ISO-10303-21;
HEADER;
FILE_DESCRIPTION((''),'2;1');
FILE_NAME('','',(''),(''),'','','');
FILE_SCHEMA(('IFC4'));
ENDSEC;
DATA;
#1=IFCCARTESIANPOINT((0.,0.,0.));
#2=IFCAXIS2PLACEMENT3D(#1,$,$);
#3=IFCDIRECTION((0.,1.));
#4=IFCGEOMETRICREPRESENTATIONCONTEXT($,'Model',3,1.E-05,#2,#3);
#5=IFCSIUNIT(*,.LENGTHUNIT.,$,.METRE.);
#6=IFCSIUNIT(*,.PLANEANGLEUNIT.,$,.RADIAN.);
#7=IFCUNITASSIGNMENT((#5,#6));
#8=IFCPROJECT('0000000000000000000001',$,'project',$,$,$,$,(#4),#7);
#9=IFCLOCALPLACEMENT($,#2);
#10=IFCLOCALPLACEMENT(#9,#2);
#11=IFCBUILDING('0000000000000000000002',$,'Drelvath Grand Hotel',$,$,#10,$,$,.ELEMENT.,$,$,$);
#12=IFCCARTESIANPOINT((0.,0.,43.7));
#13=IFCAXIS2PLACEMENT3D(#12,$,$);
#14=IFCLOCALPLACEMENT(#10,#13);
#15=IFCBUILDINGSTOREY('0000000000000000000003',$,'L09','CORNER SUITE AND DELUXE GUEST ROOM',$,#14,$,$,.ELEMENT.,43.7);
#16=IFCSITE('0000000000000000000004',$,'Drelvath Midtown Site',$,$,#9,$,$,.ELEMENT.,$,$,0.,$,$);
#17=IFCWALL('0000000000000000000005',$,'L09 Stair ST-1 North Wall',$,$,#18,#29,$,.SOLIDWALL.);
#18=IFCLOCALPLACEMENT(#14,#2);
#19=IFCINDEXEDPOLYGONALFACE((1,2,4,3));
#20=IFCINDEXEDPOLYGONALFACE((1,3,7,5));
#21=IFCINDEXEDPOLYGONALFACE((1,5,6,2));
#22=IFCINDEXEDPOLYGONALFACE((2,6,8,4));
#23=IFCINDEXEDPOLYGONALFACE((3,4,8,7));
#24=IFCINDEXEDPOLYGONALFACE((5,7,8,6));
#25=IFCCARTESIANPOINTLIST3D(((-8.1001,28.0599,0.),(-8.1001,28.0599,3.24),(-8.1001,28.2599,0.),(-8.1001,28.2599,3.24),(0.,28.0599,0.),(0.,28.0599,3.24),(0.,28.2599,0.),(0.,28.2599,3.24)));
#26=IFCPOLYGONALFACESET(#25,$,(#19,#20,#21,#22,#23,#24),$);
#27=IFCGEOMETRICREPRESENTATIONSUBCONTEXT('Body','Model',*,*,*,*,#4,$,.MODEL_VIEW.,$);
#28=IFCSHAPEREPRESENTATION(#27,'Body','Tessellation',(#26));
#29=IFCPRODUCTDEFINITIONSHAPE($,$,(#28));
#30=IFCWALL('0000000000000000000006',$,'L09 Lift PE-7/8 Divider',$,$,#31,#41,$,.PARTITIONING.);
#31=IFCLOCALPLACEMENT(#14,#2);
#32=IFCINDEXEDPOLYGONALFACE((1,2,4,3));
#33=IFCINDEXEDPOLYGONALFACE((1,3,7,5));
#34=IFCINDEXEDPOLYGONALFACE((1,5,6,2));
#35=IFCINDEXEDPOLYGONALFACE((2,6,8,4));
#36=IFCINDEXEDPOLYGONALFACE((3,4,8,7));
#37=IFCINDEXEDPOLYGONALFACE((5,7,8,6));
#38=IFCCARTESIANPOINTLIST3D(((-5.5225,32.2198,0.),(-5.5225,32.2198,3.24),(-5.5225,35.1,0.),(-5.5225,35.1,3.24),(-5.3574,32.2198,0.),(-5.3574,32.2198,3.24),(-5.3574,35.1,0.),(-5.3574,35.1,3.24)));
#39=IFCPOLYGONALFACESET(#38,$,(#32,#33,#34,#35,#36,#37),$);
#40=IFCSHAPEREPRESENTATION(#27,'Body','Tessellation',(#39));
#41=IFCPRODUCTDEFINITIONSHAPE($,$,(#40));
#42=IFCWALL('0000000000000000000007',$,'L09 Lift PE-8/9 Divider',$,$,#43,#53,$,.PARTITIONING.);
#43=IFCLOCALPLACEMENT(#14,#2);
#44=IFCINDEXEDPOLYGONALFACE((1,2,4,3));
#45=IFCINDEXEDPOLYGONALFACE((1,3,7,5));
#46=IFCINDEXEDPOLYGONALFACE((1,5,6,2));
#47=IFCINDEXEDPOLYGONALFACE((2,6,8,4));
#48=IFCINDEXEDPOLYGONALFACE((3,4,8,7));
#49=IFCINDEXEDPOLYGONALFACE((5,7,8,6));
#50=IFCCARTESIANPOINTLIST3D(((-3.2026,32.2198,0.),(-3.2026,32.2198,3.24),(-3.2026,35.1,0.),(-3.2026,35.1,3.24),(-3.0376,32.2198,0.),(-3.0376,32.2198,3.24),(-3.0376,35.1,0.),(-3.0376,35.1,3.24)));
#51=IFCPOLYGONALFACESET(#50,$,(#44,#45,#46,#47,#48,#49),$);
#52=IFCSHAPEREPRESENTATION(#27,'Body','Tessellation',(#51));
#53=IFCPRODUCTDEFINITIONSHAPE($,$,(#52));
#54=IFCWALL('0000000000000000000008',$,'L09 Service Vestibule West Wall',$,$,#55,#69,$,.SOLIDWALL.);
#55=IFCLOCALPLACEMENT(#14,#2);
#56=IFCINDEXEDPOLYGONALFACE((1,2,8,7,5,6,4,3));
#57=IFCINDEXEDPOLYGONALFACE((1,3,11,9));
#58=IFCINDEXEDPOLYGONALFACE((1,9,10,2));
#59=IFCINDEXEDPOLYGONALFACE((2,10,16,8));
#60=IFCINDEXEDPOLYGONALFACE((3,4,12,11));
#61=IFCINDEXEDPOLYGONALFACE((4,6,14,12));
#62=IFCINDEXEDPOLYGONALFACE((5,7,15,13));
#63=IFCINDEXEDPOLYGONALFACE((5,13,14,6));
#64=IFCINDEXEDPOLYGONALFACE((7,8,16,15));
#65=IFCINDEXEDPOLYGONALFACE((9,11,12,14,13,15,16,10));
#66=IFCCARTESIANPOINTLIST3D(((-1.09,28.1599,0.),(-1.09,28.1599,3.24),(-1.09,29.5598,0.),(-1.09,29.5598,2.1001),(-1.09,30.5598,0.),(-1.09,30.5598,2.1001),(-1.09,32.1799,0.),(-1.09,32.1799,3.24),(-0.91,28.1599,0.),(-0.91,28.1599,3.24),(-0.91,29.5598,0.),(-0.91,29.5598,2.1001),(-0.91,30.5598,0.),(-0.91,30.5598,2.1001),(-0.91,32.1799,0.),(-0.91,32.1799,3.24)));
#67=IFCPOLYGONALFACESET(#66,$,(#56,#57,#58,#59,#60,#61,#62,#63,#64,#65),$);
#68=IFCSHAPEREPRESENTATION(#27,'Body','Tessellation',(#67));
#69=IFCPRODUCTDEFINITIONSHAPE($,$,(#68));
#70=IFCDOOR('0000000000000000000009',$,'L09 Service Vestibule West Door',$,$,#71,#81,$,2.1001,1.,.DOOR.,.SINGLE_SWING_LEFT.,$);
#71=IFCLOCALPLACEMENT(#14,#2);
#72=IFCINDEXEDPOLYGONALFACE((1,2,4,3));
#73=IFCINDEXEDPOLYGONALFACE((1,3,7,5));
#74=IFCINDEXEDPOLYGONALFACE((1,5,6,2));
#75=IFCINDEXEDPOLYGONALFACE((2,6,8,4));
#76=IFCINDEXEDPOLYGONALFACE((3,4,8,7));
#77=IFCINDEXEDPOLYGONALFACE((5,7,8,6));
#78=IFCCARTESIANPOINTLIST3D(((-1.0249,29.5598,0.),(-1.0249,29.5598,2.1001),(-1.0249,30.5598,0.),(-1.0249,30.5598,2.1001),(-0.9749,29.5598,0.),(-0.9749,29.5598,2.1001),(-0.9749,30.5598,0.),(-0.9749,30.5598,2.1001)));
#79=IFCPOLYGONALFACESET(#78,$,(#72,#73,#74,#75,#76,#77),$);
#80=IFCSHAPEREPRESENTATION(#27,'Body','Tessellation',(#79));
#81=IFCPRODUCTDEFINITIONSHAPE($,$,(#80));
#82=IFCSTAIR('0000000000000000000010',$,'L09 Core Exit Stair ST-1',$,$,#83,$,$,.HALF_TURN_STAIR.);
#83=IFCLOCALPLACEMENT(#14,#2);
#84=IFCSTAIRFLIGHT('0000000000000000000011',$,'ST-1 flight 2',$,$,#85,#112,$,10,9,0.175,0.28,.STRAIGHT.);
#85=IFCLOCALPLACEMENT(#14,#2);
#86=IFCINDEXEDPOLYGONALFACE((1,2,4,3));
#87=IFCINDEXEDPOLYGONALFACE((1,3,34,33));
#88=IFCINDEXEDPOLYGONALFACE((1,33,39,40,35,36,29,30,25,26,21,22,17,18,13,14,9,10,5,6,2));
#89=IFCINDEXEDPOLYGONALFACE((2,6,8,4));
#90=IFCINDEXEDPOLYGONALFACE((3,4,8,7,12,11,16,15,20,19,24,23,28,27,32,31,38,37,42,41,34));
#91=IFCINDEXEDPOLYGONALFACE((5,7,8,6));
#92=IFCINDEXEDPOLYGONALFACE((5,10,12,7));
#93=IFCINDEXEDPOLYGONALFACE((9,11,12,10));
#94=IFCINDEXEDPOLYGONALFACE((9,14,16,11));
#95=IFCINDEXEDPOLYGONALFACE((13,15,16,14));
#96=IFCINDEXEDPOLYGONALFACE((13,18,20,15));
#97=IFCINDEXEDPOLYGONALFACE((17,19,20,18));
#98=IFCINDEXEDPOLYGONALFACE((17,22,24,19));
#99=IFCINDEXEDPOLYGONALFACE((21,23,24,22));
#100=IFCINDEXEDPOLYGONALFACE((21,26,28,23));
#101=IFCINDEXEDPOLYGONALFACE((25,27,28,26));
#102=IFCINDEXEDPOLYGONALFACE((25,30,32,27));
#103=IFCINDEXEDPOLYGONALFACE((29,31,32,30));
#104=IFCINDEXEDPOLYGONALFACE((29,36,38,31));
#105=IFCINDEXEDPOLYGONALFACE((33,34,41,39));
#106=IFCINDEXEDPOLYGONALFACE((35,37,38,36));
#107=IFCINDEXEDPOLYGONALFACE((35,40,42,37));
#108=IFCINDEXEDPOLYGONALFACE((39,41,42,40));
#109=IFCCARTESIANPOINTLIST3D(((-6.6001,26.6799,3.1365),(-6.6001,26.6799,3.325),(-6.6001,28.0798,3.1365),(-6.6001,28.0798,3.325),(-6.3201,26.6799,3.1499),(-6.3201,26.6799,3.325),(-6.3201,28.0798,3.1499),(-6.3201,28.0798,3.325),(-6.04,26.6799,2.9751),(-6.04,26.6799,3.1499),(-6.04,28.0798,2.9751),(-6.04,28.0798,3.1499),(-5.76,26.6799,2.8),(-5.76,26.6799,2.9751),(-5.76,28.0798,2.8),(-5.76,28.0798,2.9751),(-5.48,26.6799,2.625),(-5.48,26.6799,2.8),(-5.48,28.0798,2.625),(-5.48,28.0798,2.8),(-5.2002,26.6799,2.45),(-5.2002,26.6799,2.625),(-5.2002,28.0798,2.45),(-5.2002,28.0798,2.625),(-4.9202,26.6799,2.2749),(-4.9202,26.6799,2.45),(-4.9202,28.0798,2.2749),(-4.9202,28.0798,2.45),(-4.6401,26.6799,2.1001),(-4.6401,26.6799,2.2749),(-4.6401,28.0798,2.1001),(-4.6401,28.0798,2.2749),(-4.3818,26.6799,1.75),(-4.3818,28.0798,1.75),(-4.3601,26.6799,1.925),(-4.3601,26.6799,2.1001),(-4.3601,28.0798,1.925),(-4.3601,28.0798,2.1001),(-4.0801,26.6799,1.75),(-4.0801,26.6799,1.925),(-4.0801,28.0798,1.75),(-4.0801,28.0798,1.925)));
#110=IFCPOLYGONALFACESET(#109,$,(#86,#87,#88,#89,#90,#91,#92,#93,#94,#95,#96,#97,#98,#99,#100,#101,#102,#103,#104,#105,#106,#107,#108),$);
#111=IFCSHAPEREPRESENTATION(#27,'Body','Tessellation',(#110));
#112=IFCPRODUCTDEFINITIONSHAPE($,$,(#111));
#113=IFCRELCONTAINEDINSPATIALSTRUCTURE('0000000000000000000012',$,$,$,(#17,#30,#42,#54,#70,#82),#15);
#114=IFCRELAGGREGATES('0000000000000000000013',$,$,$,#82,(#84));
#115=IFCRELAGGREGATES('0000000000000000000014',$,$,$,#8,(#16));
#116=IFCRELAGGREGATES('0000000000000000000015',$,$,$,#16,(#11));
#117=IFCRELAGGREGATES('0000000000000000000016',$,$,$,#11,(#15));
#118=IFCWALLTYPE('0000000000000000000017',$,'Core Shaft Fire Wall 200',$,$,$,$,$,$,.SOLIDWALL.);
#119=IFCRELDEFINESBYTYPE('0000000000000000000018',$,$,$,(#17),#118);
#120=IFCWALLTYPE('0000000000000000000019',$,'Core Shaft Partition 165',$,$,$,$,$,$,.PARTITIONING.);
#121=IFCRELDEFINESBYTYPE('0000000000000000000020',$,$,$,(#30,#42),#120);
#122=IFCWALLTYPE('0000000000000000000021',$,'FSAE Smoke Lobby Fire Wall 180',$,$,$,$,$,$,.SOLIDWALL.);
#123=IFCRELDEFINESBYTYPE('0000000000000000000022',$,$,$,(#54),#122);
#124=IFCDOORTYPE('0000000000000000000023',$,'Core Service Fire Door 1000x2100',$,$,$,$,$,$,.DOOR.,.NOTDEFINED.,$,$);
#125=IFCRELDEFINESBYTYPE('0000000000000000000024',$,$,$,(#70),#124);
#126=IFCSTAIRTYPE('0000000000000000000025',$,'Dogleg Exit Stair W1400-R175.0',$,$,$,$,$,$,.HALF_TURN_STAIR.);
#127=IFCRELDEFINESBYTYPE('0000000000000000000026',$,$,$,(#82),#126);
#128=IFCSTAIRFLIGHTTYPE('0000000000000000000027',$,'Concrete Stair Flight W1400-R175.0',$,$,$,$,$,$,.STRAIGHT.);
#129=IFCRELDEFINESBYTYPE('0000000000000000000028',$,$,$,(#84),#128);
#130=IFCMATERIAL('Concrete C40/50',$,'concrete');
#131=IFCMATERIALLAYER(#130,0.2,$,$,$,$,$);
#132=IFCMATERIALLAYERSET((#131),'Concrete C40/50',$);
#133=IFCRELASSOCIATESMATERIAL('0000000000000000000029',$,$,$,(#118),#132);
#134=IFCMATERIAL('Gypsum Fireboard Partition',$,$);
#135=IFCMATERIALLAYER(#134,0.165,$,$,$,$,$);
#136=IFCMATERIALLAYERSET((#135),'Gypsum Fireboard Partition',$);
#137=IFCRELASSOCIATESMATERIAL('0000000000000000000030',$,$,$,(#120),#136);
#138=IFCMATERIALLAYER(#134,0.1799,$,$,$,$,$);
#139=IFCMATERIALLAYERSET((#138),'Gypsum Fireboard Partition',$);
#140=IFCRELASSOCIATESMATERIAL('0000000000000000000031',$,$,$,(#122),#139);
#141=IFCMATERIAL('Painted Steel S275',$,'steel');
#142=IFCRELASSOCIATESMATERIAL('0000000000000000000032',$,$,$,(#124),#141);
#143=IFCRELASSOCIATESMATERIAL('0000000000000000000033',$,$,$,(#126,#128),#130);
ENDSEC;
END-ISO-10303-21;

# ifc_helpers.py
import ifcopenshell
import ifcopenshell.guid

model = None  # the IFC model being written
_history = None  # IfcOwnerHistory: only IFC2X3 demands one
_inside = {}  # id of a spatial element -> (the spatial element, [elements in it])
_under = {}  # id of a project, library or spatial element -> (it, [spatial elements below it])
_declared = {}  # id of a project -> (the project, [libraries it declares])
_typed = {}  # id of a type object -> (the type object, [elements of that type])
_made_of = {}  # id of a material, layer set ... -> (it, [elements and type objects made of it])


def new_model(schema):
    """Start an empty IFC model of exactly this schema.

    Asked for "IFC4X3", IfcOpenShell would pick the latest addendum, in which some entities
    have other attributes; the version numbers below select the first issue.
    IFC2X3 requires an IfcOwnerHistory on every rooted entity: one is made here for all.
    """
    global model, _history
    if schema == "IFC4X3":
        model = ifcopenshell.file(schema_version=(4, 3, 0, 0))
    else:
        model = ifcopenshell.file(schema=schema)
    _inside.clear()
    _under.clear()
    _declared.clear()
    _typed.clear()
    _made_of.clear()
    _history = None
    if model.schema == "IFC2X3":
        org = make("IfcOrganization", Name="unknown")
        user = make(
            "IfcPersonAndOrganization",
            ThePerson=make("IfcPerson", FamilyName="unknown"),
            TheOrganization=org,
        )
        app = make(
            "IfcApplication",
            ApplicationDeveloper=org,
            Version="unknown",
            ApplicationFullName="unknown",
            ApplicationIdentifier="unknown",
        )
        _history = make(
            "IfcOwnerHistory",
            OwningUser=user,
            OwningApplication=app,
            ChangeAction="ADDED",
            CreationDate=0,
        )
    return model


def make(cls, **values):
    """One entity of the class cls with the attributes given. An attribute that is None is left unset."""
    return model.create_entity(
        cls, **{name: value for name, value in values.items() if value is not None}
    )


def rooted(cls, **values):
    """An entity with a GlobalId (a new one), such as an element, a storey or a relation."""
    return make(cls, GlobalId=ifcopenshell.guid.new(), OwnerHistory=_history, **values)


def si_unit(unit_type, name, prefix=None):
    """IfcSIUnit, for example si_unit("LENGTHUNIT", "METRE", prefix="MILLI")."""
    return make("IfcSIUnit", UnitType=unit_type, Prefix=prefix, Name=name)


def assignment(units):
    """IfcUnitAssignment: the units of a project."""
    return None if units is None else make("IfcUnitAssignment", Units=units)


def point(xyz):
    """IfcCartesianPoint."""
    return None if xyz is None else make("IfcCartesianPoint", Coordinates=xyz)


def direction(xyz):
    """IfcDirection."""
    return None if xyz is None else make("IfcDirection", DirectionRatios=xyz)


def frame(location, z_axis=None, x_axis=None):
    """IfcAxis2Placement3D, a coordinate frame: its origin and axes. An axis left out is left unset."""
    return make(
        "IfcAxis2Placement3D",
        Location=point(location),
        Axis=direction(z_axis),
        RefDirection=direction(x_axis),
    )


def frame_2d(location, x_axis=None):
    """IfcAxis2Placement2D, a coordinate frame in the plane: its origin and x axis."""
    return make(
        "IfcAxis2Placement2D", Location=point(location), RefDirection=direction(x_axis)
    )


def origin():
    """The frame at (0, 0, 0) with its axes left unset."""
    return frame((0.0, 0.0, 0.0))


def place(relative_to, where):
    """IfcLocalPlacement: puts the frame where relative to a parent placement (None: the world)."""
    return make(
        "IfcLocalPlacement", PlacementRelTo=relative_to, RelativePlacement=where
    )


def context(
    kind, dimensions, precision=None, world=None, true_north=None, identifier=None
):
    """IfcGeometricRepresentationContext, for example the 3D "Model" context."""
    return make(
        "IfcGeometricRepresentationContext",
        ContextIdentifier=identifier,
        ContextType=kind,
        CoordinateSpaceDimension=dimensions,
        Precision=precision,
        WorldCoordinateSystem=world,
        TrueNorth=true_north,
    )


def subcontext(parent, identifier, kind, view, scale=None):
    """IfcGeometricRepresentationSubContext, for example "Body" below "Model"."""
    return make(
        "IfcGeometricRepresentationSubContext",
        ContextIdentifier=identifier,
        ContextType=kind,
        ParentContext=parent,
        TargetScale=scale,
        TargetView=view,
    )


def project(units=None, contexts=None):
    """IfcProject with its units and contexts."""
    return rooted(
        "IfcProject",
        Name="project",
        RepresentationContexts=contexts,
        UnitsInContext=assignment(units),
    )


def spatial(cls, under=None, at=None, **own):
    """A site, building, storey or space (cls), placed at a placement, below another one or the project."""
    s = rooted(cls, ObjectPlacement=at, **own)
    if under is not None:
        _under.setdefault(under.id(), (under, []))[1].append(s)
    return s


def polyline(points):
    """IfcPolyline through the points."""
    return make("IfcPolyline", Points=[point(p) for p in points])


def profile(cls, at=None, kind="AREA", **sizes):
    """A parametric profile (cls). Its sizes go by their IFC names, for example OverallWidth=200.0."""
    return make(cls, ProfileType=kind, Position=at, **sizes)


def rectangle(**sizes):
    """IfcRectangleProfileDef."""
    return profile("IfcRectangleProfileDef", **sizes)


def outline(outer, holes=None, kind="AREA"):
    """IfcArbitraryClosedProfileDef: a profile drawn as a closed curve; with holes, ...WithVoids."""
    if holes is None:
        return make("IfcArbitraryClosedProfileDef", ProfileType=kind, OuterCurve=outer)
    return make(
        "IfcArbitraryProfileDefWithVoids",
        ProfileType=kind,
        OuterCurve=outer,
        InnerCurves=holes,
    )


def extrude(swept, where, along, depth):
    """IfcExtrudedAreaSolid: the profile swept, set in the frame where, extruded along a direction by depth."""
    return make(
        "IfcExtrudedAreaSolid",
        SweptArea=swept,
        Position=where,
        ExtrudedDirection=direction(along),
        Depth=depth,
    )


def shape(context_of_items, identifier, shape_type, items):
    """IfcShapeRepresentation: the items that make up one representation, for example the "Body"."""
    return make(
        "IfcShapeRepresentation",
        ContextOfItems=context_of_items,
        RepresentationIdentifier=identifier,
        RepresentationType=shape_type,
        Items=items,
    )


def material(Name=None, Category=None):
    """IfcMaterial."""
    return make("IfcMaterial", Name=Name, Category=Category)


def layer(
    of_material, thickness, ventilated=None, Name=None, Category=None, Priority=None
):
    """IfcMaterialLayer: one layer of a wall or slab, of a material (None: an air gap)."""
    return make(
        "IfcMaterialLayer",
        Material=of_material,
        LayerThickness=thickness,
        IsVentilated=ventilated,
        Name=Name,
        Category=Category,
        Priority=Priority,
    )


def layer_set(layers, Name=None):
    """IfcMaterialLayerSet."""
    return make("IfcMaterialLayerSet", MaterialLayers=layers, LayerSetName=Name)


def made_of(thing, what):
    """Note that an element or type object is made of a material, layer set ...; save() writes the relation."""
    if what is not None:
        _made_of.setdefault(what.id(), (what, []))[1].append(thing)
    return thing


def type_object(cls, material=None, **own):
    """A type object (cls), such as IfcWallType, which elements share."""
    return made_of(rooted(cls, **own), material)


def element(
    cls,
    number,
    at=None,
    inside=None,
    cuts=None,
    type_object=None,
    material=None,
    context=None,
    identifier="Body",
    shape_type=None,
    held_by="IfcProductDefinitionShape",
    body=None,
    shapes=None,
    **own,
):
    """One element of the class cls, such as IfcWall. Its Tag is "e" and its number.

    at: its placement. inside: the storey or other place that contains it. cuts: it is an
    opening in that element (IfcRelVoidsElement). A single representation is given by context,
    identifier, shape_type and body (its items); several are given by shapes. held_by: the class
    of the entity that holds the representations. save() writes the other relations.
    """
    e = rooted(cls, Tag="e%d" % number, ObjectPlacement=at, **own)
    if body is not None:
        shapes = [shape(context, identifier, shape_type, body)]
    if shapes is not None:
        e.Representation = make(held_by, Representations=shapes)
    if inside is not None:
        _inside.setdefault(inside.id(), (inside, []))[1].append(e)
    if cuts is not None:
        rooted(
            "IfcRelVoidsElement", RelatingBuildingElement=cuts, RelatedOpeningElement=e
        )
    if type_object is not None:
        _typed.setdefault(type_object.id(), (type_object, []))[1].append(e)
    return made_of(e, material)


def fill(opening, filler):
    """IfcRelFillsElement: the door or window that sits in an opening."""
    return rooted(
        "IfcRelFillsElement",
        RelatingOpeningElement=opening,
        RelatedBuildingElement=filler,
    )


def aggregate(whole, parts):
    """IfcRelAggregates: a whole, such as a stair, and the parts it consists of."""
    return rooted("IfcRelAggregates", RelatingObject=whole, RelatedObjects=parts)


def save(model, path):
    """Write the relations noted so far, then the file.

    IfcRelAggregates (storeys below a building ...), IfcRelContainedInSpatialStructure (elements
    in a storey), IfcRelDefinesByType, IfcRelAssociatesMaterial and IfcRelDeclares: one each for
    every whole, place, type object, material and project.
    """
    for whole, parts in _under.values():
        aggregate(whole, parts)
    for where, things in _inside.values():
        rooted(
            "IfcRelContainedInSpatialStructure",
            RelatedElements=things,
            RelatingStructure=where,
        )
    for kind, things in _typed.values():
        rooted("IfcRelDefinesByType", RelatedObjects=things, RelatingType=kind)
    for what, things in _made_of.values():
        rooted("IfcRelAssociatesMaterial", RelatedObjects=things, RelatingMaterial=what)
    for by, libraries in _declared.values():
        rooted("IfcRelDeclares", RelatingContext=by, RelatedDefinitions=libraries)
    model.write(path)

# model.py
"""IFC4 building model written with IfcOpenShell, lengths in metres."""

from ifc_helpers import new_model, si_unit, direction, frame, frame_2d, origin, place, context, subcontext, project, spatial, polyline, rectangle, outline, extrude, material, layer, layer_set, type_object, element, fill, aggregate, save


model = new_model("IFC4")

# Units and contexts
model_context = context("Model", 3, precision=1e-05, world=origin(), true_north=direction((0.0, 1.0)))
body_context = subcontext(model_context, "Body", "Model", "MODEL_VIEW")
ifc_project = project(units=[si_unit("LENGTHUNIT", "METRE"), si_unit("PLANEANGLEUNIT", "RADIAN")], contexts=[model_context])

# Site, building, storey
site_placement = place(None, origin())
site = spatial("IfcSite", under=ifc_project, at=site_placement, Name="Drelvath Midtown Site", CompositionType="ELEMENT", RefElevation=0.0)
building_placement = place(site_placement, origin())
building = spatial("IfcBuilding", under=site, at=building_placement, Name="Drelvath Grand Hotel", CompositionType="ELEMENT")
storey_placement = place(building_placement, frame((0.0, 0.0, 43.7)))
storey = spatial("IfcBuildingStorey", under=building, at=storey_placement, Name="L09", Description="CORNER SUITE AND DELUXE GUEST ROOM", CompositionType="ELEMENT", Elevation=43.7)

# Shared definitions
ifc_material_1 = material(Name="Concrete C40/50", Category="concrete")

# Walls
ifc_layer_1 = layer(ifc_material_1, 0.2)
ifc_layer_set_1 = layer_set([ifc_layer_1], Name="Concrete C40/50")
wall_type_1 = type_object("IfcWallType", Name="Core Shaft Fire Wall 200", PredefinedType="SOLIDWALL", material=ifc_layer_set_1)
wall_1_placement = place(storey_placement, frame((-8.1001, 28.1599, 0.0), z_axis=(0.0, 0.0, 1.0), x_axis=(1.0, 0.0, 0.0)))
element("IfcWall", 1, at=wall_1_placement, inside=storey, type_object=wall_type_1, Name="L09 Stair ST-1 North Wall", PredefinedType="SOLIDWALL", context=body_context, shape_type="SweptSolid", body=[
    extrude(rectangle(XDim=8.1001, YDim=0.2, at=frame_2d((4.05, 0.0))), origin(), (0.0, 0.0, 1.0), 3.24),
])
ifc_material_2 = material(Name="Gypsum Fireboard Partition")
ifc_layer_2 = layer(ifc_material_2, 0.165)
ifc_layer_set_2 = layer_set([ifc_layer_2], Name="Gypsum Fireboard Partition")
wall_type_2 = type_object("IfcWallType", Name="Core Shaft Partition 165", PredefinedType="PARTITIONING", material=ifc_layer_set_2)
for number, where, z_axis, x_axis, name in (
    (2, (-5.4399, 32.22, 0.0), (0.0, 0.0, 1.0), (0.0, 1.0, 0.0), "L09 Lift PE-7/8 Divider"),
    (3, (-3.1201, 32.22, 0.0), (0.0, 0.0, 1.0), (0.0, 1.0, 0.0), "L09 Lift PE-8/9 Divider"),
):
    element("IfcWall", number, at=place(storey_placement, frame(where, z_axis=z_axis, x_axis=x_axis)), inside=storey, type_object=wall_type_2, Name=name, PredefinedType="PARTITIONING", context=body_context, shape_type="SweptSolid", body=[
        extrude(rectangle(XDim=2.8801, YDim=0.165, at=frame_2d((1.4399, 0.0))), origin(), (0.0, 0.0, 1.0), 3.24),
    ])

# Wall, opening, door
ifc_layer_3 = layer(ifc_material_2, 0.1799)
ifc_layer_set_3 = layer_set([ifc_layer_3], Name="Gypsum Fireboard Partition")
wall_type_3 = type_object("IfcWallType", Name="FSAE Smoke Lobby Fire Wall 180", PredefinedType="SOLIDWALL", material=ifc_layer_set_3)
wall_2_placement = place(storey_placement, frame((-1.0, 28.1599, 0.0), z_axis=(0.0, 0.0, 1.0), x_axis=(0.0, 1.0, 0.0)))
wall_2 = element("IfcWall", 4, at=wall_2_placement, inside=storey, type_object=wall_type_3, Name="L09 Service Vestibule West Wall", PredefinedType="SOLIDWALL", context=body_context, shape_type="SweptSolid", body=[
    extrude(rectangle(XDim=4.02, YDim=0.1799, at=frame_2d((2.01, 0.0))), origin(), (0.0, 0.0, 1.0), 3.24),
])
opening_1_placement = place(wall_2_placement, frame((1.3999, 0.0, 0.0)))
opening_1 = element("IfcOpeningElement", 5, at=opening_1_placement, cuts=wall_2, PredefinedType="OPENING", context=body_context, shape_type="SweptSolid", body=[
    extrude(rectangle(XDim=1.0, YDim=2.1001, at=frame_2d((0.5, 1.05))), frame((0.0, 0.0999, 0.0), z_axis=(0.0, -1.0, 0.0), x_axis=(1.0, 0.0, 0.0)), (0.0, 0.0, 1.0), 0.2),
])
ifc_material_3 = material(Name="Painted Steel S275", Category="steel")
door_type_1 = type_object("IfcDoorType", Name="Core Service Fire Door 1000x2100", OperationType="NOTDEFINED", PredefinedType="DOOR", material=ifc_material_3)
door_1_placement = place(opening_1_placement, origin())
door_1 = element("IfcDoor", 6, at=door_1_placement, inside=storey, type_object=door_type_1, Name="L09 Service Vestibule West Door", OperationType="SINGLE_SWING_LEFT", OverallHeight=2.1001, OverallWidth=1.0, PredefinedType="DOOR", context=body_context, shape_type="SweptSolid", body=[
    extrude(rectangle(XDim=1.0, YDim=2.1001, at=frame_2d((0.5, 1.05))), frame((0.0, 0.0249, 0.0), z_axis=(0.0, -1.0, 0.0), x_axis=(1.0, 0.0, 0.0)), (0.0, 0.0, 1.0), 0.05),
])
fill(opening_1, door_1)

# Stair, stair flight
stair_type = type_object("IfcStairType", Name="Dogleg Exit Stair W1400-R175.0", PredefinedType="HALF_TURN_STAIR", material=ifc_material_1)
stair_placement = place(storey_placement, origin())
stair = element("IfcStair", 7, at=stair_placement, inside=storey, type_object=stair_type, Name="L09 Core Exit Stair ST-1", PredefinedType="HALF_TURN_STAIR")
stair_flight_type = type_object("IfcStairFlightType", Name="Concrete Stair Flight W1400-R175.0", PredefinedType="STRAIGHT", material=ifc_material_1)
stair_flight_placement = place(storey_placement, frame((-4.0801, 27.3799, 1.75), z_axis=(0.0, 0.0, 1.0), x_axis=(-1.0, 0.0, 0.0)))
stair_flight = element("IfcStairFlight", 8, at=stair_flight_placement, type_object=stair_flight_type, Name="ST-1 flight 2", NumberOfRisers=10, NumberOfTreads=9, PredefinedType="STRAIGHT", RiserHeight=0.175, TreadLength=0.28, context=body_context, shape_type="SweptSolid", body=[
    extrude(outline(polyline([(0.0, 0.0), (0.0, 0.175), (0.28, 0.175), (0.28, 0.3501), (0.5601, 0.3501), (0.5601, 0.5249), (0.8401, 0.5249), (0.8401, 0.7), (1.1201, 0.7), (1.1201, 0.875), (1.3999, 0.875), (1.3999, 1.05), (1.6799, 1.05), (1.6799, 1.2251), (1.96, 1.2251), (1.96, 1.3999), (2.24, 1.3999), (2.24, 1.575), (2.52, 1.575), (2.52, 1.75), (2.52, 1.3865), (0.3018, 0.0), (0.0, 0.0)])), frame((0.0, 0.7, 0.0), z_axis=(0.0, -1.0, 0.0), x_axis=(1.0, 0.0, 0.0)), (0.0, 0.0, 1.0), 1.3999),
])
aggregate(stair, [stair_flight])

save(model, "model.ifc")
